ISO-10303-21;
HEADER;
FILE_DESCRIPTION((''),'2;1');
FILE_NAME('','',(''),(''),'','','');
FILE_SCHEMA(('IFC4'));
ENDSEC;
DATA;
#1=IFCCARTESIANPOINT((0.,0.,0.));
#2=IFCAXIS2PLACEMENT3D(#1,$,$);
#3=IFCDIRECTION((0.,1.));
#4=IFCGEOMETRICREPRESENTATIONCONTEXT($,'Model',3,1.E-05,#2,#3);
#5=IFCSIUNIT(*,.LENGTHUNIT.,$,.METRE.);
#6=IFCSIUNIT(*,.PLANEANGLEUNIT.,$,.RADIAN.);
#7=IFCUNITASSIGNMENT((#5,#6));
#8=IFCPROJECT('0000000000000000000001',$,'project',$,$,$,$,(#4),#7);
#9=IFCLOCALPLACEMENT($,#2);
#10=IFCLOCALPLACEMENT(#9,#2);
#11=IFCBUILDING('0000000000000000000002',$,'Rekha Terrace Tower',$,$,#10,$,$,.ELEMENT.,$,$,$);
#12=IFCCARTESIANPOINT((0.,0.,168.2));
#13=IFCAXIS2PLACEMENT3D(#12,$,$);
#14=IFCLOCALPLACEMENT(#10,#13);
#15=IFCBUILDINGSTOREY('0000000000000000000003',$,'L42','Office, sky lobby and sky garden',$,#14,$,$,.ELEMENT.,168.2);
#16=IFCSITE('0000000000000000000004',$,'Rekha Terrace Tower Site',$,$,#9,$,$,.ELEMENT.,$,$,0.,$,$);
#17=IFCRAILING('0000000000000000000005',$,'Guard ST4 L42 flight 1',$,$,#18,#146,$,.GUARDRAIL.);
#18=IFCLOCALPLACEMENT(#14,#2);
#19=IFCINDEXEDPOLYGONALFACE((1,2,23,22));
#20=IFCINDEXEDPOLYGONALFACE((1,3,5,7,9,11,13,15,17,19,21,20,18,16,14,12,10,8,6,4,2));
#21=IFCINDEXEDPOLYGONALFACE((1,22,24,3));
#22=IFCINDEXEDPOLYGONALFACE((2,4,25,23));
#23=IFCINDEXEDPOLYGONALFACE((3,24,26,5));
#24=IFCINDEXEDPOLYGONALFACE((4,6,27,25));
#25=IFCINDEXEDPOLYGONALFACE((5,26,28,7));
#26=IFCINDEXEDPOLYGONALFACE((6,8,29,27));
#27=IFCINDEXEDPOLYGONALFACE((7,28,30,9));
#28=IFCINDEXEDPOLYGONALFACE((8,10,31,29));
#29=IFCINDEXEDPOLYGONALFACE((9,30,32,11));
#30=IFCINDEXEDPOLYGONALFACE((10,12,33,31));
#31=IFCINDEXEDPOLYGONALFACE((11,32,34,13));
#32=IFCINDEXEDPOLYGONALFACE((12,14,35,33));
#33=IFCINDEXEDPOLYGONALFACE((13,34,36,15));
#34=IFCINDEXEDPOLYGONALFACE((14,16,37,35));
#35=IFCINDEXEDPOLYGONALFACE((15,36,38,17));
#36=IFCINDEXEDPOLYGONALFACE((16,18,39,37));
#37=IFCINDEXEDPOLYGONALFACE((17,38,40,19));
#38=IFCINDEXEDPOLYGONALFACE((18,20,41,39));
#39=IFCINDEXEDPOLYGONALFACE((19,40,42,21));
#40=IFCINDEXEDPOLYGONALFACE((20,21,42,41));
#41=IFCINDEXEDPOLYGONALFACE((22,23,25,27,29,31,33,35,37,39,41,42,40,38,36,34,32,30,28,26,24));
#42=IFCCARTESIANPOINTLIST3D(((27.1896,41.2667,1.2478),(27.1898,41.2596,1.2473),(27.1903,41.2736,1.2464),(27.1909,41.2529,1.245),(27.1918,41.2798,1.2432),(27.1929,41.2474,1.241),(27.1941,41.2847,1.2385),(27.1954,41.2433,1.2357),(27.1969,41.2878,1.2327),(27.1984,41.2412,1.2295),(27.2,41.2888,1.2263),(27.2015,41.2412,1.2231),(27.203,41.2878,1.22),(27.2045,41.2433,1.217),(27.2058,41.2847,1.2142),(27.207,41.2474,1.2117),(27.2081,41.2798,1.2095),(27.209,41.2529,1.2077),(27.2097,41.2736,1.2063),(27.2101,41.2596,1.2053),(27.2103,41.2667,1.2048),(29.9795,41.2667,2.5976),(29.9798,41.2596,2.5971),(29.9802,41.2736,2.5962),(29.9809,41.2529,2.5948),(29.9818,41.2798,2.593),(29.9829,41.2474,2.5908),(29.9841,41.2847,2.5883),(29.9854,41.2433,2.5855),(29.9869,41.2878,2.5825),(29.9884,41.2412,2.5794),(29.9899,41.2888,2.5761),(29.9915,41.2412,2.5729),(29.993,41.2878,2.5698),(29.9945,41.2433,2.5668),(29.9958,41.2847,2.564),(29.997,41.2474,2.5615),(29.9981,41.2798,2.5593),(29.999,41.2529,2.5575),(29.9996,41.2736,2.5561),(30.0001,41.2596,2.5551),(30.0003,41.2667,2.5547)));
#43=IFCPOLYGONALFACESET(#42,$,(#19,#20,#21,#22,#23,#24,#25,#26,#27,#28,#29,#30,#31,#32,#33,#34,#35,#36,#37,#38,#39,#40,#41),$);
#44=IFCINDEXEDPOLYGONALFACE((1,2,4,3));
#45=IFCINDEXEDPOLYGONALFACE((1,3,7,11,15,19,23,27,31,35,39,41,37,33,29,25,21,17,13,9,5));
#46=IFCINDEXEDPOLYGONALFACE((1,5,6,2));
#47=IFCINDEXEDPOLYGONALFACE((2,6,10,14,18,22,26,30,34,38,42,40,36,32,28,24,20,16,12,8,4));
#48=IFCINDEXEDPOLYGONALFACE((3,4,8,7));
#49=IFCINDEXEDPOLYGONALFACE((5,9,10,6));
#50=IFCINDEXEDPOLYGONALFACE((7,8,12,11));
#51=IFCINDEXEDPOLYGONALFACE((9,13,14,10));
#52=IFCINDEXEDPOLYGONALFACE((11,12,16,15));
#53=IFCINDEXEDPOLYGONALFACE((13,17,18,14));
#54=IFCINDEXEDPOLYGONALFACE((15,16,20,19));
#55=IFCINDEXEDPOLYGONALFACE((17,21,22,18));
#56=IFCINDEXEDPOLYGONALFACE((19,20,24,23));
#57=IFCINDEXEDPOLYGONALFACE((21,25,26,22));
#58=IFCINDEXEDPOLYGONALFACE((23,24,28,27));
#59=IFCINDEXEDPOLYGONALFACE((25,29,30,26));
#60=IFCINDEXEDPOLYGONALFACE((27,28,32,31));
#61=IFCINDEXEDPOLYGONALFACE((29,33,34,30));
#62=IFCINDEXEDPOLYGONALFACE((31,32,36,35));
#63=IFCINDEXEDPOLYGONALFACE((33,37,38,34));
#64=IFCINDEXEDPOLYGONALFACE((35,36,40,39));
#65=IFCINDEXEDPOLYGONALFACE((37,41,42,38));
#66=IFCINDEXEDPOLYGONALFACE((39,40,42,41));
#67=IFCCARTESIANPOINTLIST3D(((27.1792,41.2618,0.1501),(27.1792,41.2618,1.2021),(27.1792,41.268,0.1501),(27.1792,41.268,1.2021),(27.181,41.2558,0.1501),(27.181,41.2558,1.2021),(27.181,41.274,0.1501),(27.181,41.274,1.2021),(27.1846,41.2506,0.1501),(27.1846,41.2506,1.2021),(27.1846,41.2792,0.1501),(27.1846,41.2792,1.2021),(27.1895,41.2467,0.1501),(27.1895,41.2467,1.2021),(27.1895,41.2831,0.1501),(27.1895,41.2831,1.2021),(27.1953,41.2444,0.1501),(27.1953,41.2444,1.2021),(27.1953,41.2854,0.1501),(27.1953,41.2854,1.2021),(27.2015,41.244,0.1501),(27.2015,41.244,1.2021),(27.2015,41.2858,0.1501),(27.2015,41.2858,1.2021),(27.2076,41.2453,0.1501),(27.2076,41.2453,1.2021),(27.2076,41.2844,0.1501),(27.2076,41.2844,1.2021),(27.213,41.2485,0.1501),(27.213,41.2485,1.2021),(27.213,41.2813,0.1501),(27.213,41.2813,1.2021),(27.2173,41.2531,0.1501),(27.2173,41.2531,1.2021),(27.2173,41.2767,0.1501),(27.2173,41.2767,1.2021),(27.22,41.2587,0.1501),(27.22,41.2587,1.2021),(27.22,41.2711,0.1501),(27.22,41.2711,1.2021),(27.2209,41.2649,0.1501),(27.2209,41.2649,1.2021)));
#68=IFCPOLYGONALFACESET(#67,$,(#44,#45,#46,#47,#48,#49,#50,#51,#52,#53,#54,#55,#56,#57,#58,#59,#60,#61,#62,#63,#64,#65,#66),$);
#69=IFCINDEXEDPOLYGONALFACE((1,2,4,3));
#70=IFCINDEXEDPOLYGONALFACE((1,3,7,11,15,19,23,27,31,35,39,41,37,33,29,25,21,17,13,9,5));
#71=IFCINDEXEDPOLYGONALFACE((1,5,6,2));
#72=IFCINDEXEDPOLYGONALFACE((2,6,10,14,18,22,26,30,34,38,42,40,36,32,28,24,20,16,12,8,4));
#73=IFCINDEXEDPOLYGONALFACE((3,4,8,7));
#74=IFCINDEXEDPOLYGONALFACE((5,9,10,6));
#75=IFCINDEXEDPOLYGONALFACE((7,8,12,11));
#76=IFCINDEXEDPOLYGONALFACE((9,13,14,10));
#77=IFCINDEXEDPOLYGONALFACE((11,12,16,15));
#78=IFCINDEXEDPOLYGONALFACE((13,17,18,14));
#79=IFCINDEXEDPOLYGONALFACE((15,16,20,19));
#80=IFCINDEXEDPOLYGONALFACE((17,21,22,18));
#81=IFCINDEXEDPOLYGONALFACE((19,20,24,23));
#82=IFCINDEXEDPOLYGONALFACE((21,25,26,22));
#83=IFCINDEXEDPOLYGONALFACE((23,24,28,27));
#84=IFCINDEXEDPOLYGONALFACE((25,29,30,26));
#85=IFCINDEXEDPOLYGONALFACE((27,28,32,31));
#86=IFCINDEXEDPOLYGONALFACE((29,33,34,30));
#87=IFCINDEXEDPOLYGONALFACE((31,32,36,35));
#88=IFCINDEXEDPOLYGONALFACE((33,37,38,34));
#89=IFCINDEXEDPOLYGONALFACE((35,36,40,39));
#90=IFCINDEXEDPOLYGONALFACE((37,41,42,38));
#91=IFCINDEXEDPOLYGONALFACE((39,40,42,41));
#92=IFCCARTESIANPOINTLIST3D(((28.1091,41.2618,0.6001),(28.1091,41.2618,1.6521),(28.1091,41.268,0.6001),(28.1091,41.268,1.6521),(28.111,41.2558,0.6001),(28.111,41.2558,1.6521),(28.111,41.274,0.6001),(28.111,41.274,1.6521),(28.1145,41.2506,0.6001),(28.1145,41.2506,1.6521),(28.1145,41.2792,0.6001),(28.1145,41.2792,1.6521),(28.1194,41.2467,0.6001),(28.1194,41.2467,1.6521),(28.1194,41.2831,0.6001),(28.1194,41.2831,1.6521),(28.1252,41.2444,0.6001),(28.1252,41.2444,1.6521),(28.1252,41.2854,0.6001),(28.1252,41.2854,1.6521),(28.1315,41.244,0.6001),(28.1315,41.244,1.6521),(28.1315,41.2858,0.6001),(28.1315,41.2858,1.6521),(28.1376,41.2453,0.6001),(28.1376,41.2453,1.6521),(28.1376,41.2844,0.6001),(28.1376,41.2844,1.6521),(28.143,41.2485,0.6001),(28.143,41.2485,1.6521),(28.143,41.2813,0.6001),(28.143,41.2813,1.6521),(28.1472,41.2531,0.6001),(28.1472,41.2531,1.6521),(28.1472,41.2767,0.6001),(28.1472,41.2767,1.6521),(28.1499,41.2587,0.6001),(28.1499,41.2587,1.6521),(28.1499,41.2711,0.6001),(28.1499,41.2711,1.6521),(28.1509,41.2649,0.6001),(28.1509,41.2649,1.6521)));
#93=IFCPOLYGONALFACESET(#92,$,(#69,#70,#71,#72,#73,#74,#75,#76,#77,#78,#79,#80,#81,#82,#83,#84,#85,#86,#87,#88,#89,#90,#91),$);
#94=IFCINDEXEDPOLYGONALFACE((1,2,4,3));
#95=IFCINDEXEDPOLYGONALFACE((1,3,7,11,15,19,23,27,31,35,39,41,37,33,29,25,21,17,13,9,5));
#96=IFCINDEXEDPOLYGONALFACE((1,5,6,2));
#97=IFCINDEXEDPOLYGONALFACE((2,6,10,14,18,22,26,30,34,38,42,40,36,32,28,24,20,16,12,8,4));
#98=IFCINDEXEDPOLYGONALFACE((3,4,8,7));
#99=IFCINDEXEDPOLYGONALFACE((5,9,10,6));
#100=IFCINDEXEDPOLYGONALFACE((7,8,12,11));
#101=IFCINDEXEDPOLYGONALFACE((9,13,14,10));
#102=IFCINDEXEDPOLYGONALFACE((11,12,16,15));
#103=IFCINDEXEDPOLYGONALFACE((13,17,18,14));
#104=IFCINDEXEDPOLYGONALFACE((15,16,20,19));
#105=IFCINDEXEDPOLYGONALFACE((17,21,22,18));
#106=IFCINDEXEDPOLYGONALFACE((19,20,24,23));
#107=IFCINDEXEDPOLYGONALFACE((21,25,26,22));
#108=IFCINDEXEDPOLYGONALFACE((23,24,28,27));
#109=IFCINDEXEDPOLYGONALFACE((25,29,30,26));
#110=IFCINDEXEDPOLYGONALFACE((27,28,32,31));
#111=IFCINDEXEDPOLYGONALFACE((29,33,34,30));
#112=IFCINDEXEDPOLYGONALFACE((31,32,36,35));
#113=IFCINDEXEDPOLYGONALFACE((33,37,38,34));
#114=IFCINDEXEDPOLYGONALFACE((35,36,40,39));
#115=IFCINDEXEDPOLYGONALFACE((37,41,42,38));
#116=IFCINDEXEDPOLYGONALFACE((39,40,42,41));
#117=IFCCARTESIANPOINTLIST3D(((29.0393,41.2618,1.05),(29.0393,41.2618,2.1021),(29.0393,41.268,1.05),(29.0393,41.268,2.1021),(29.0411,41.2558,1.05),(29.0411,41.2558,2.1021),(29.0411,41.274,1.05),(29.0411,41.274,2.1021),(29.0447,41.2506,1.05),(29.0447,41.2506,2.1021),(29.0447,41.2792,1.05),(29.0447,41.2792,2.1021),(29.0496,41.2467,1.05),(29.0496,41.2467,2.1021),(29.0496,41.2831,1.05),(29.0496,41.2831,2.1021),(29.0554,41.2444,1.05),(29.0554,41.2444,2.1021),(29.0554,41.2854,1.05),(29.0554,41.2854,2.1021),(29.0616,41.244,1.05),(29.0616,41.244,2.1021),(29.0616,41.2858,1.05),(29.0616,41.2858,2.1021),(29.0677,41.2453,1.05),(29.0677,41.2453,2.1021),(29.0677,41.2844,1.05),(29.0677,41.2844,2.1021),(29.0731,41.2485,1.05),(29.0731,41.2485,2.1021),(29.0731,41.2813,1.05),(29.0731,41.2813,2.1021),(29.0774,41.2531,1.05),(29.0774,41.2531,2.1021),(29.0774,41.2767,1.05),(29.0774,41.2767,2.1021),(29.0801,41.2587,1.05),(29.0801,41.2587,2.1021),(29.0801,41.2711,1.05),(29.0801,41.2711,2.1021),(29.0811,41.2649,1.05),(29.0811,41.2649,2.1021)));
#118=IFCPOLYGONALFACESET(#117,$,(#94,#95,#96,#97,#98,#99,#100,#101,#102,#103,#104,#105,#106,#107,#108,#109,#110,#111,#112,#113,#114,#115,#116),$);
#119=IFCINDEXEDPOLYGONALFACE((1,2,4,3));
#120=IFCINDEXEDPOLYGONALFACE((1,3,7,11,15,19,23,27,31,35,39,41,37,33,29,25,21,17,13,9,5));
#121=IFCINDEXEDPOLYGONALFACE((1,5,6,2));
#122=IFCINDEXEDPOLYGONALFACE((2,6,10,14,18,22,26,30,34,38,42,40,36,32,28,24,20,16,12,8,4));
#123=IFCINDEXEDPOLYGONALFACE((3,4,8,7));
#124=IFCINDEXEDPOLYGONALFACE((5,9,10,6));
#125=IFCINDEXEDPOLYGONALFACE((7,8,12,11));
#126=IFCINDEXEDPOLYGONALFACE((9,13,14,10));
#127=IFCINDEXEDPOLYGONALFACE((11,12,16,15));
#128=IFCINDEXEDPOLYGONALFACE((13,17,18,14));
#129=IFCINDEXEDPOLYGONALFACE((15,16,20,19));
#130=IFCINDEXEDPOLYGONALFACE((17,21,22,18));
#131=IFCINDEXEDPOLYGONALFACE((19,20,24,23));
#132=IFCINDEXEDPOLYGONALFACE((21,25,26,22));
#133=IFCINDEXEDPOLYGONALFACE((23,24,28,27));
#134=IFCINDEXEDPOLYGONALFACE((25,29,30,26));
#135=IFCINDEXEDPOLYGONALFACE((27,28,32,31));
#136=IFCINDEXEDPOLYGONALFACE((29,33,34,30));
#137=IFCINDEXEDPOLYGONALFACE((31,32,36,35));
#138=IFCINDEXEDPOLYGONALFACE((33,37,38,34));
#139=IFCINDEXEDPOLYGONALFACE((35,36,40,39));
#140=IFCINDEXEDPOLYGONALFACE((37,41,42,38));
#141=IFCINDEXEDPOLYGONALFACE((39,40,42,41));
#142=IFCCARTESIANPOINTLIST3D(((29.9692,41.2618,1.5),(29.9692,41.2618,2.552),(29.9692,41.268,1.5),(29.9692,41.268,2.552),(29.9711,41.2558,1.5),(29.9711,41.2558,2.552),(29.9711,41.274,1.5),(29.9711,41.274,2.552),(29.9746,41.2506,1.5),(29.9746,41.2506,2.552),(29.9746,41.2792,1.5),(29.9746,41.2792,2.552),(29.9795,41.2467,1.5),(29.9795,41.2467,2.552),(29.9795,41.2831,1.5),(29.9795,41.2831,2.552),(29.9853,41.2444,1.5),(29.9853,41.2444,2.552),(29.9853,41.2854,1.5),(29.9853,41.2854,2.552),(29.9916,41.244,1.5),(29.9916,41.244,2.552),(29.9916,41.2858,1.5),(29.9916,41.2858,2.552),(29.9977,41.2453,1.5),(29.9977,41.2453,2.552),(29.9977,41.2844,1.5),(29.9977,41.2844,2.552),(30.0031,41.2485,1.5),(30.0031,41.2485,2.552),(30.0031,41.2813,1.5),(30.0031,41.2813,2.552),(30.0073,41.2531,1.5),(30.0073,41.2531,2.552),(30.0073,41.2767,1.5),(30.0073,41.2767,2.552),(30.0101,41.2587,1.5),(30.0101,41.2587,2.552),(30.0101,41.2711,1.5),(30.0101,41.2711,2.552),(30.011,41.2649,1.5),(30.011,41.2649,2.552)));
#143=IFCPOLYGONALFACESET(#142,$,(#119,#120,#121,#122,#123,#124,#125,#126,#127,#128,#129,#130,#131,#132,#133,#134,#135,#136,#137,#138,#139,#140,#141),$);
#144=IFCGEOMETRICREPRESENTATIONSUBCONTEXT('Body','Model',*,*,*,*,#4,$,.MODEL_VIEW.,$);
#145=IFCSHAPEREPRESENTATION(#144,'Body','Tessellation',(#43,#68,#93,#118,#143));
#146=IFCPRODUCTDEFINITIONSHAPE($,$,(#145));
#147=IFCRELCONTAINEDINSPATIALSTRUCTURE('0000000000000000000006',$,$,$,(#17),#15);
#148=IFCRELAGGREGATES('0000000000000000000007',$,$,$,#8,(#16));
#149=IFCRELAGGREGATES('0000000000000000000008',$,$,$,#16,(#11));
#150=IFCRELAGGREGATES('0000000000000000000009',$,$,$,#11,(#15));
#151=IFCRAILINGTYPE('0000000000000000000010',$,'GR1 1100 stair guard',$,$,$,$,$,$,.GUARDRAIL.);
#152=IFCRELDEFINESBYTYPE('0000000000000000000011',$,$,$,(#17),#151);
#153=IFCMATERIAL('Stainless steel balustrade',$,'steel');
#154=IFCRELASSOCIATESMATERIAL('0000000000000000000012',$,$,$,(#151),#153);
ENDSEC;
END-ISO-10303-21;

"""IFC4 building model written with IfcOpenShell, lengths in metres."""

from ifc_helpers import new_model, si_unit, direction, frame, origin, origin_2d, place, context, subcontext, project, spatial, circle, extrude, material, type_object, element, save


model = new_model("IFC4")

# Units and contexts
model_context = context("Model", 3, precision=1e-05, world=origin(), true_north=direction((0.0, 1.0)))
body_context = subcontext(model_context, "Body", "Model", "MODEL_VIEW")
ifc_project = project(units=[si_unit("LENGTHUNIT", "METRE"), si_unit("PLANEANGLEUNIT", "RADIAN")], contexts=[model_context])

# Site, building, storey
site_placement = place(None, origin())
site = spatial("IfcSite", under=ifc_project, at=site_placement, Name="Rekha Terrace Tower Site", CompositionType="ELEMENT", RefElevation=0.0)
building_placement = place(site_placement, origin())
building = spatial("IfcBuilding", under=site, at=building_placement, Name="Rekha Terrace Tower", CompositionType="ELEMENT")
storey_placement = place(building_placement, frame((0.0, 0.0, 168.2)))
storey = spatial("IfcBuildingStorey", under=building, at=storey_placement, Name="L42", Description="Office, sky lobby and sky garden", CompositionType="ELEMENT", Elevation=168.2)

# Railing
ifc_material_1 = material(Name="Stainless steel balustrade", Category="steel")
railing_type_1 = type_object("IfcRailingType", Name="GR1 1100 stair guard", PredefinedType="GUARDRAIL", material=ifc_material_1)
railing_1_placement = place(storey_placement, frame((27.2, 41.2649, 0.1501)))
element("IfcRailing", 1, at=railing_1_placement, inside=storey, type_object=railing_type_1, Name="Guard ST4 L42 flight 1", PredefinedType="GUARDRAIL", context=body_context, shape_type="SweptSolid", body=[
    extrude(circle(Radius=0.0239, at=origin_2d()), frame((0.0, 0.0, 1.0762), z_axis=(0.90018, 0.0, 0.435518), x_axis=(0.0, 1.0, 0.0)), (0.0, 0.0, 1.0), 3.0994),
    extrude(circle(Radius=0.021, at=origin_2d()), origin(), (0.0, 0.0, 1.0), 1.052),
    extrude(circle(Radius=0.021, at=origin_2d()), frame((0.9299, 0.0, 0.45)), (0.0, 0.0, 1.0), 1.052),
    extrude(circle(Radius=0.021, at=origin_2d()), frame((1.8601, 0.0, 0.8999)), (0.0, 0.0, 1.0), 1.052),
    extrude(circle(Radius=0.021, at=origin_2d()), frame((2.79, 0.0, 1.3499)), (0.0, 0.0, 1.0), 1.052),
])

save(model, "model.ifc")
